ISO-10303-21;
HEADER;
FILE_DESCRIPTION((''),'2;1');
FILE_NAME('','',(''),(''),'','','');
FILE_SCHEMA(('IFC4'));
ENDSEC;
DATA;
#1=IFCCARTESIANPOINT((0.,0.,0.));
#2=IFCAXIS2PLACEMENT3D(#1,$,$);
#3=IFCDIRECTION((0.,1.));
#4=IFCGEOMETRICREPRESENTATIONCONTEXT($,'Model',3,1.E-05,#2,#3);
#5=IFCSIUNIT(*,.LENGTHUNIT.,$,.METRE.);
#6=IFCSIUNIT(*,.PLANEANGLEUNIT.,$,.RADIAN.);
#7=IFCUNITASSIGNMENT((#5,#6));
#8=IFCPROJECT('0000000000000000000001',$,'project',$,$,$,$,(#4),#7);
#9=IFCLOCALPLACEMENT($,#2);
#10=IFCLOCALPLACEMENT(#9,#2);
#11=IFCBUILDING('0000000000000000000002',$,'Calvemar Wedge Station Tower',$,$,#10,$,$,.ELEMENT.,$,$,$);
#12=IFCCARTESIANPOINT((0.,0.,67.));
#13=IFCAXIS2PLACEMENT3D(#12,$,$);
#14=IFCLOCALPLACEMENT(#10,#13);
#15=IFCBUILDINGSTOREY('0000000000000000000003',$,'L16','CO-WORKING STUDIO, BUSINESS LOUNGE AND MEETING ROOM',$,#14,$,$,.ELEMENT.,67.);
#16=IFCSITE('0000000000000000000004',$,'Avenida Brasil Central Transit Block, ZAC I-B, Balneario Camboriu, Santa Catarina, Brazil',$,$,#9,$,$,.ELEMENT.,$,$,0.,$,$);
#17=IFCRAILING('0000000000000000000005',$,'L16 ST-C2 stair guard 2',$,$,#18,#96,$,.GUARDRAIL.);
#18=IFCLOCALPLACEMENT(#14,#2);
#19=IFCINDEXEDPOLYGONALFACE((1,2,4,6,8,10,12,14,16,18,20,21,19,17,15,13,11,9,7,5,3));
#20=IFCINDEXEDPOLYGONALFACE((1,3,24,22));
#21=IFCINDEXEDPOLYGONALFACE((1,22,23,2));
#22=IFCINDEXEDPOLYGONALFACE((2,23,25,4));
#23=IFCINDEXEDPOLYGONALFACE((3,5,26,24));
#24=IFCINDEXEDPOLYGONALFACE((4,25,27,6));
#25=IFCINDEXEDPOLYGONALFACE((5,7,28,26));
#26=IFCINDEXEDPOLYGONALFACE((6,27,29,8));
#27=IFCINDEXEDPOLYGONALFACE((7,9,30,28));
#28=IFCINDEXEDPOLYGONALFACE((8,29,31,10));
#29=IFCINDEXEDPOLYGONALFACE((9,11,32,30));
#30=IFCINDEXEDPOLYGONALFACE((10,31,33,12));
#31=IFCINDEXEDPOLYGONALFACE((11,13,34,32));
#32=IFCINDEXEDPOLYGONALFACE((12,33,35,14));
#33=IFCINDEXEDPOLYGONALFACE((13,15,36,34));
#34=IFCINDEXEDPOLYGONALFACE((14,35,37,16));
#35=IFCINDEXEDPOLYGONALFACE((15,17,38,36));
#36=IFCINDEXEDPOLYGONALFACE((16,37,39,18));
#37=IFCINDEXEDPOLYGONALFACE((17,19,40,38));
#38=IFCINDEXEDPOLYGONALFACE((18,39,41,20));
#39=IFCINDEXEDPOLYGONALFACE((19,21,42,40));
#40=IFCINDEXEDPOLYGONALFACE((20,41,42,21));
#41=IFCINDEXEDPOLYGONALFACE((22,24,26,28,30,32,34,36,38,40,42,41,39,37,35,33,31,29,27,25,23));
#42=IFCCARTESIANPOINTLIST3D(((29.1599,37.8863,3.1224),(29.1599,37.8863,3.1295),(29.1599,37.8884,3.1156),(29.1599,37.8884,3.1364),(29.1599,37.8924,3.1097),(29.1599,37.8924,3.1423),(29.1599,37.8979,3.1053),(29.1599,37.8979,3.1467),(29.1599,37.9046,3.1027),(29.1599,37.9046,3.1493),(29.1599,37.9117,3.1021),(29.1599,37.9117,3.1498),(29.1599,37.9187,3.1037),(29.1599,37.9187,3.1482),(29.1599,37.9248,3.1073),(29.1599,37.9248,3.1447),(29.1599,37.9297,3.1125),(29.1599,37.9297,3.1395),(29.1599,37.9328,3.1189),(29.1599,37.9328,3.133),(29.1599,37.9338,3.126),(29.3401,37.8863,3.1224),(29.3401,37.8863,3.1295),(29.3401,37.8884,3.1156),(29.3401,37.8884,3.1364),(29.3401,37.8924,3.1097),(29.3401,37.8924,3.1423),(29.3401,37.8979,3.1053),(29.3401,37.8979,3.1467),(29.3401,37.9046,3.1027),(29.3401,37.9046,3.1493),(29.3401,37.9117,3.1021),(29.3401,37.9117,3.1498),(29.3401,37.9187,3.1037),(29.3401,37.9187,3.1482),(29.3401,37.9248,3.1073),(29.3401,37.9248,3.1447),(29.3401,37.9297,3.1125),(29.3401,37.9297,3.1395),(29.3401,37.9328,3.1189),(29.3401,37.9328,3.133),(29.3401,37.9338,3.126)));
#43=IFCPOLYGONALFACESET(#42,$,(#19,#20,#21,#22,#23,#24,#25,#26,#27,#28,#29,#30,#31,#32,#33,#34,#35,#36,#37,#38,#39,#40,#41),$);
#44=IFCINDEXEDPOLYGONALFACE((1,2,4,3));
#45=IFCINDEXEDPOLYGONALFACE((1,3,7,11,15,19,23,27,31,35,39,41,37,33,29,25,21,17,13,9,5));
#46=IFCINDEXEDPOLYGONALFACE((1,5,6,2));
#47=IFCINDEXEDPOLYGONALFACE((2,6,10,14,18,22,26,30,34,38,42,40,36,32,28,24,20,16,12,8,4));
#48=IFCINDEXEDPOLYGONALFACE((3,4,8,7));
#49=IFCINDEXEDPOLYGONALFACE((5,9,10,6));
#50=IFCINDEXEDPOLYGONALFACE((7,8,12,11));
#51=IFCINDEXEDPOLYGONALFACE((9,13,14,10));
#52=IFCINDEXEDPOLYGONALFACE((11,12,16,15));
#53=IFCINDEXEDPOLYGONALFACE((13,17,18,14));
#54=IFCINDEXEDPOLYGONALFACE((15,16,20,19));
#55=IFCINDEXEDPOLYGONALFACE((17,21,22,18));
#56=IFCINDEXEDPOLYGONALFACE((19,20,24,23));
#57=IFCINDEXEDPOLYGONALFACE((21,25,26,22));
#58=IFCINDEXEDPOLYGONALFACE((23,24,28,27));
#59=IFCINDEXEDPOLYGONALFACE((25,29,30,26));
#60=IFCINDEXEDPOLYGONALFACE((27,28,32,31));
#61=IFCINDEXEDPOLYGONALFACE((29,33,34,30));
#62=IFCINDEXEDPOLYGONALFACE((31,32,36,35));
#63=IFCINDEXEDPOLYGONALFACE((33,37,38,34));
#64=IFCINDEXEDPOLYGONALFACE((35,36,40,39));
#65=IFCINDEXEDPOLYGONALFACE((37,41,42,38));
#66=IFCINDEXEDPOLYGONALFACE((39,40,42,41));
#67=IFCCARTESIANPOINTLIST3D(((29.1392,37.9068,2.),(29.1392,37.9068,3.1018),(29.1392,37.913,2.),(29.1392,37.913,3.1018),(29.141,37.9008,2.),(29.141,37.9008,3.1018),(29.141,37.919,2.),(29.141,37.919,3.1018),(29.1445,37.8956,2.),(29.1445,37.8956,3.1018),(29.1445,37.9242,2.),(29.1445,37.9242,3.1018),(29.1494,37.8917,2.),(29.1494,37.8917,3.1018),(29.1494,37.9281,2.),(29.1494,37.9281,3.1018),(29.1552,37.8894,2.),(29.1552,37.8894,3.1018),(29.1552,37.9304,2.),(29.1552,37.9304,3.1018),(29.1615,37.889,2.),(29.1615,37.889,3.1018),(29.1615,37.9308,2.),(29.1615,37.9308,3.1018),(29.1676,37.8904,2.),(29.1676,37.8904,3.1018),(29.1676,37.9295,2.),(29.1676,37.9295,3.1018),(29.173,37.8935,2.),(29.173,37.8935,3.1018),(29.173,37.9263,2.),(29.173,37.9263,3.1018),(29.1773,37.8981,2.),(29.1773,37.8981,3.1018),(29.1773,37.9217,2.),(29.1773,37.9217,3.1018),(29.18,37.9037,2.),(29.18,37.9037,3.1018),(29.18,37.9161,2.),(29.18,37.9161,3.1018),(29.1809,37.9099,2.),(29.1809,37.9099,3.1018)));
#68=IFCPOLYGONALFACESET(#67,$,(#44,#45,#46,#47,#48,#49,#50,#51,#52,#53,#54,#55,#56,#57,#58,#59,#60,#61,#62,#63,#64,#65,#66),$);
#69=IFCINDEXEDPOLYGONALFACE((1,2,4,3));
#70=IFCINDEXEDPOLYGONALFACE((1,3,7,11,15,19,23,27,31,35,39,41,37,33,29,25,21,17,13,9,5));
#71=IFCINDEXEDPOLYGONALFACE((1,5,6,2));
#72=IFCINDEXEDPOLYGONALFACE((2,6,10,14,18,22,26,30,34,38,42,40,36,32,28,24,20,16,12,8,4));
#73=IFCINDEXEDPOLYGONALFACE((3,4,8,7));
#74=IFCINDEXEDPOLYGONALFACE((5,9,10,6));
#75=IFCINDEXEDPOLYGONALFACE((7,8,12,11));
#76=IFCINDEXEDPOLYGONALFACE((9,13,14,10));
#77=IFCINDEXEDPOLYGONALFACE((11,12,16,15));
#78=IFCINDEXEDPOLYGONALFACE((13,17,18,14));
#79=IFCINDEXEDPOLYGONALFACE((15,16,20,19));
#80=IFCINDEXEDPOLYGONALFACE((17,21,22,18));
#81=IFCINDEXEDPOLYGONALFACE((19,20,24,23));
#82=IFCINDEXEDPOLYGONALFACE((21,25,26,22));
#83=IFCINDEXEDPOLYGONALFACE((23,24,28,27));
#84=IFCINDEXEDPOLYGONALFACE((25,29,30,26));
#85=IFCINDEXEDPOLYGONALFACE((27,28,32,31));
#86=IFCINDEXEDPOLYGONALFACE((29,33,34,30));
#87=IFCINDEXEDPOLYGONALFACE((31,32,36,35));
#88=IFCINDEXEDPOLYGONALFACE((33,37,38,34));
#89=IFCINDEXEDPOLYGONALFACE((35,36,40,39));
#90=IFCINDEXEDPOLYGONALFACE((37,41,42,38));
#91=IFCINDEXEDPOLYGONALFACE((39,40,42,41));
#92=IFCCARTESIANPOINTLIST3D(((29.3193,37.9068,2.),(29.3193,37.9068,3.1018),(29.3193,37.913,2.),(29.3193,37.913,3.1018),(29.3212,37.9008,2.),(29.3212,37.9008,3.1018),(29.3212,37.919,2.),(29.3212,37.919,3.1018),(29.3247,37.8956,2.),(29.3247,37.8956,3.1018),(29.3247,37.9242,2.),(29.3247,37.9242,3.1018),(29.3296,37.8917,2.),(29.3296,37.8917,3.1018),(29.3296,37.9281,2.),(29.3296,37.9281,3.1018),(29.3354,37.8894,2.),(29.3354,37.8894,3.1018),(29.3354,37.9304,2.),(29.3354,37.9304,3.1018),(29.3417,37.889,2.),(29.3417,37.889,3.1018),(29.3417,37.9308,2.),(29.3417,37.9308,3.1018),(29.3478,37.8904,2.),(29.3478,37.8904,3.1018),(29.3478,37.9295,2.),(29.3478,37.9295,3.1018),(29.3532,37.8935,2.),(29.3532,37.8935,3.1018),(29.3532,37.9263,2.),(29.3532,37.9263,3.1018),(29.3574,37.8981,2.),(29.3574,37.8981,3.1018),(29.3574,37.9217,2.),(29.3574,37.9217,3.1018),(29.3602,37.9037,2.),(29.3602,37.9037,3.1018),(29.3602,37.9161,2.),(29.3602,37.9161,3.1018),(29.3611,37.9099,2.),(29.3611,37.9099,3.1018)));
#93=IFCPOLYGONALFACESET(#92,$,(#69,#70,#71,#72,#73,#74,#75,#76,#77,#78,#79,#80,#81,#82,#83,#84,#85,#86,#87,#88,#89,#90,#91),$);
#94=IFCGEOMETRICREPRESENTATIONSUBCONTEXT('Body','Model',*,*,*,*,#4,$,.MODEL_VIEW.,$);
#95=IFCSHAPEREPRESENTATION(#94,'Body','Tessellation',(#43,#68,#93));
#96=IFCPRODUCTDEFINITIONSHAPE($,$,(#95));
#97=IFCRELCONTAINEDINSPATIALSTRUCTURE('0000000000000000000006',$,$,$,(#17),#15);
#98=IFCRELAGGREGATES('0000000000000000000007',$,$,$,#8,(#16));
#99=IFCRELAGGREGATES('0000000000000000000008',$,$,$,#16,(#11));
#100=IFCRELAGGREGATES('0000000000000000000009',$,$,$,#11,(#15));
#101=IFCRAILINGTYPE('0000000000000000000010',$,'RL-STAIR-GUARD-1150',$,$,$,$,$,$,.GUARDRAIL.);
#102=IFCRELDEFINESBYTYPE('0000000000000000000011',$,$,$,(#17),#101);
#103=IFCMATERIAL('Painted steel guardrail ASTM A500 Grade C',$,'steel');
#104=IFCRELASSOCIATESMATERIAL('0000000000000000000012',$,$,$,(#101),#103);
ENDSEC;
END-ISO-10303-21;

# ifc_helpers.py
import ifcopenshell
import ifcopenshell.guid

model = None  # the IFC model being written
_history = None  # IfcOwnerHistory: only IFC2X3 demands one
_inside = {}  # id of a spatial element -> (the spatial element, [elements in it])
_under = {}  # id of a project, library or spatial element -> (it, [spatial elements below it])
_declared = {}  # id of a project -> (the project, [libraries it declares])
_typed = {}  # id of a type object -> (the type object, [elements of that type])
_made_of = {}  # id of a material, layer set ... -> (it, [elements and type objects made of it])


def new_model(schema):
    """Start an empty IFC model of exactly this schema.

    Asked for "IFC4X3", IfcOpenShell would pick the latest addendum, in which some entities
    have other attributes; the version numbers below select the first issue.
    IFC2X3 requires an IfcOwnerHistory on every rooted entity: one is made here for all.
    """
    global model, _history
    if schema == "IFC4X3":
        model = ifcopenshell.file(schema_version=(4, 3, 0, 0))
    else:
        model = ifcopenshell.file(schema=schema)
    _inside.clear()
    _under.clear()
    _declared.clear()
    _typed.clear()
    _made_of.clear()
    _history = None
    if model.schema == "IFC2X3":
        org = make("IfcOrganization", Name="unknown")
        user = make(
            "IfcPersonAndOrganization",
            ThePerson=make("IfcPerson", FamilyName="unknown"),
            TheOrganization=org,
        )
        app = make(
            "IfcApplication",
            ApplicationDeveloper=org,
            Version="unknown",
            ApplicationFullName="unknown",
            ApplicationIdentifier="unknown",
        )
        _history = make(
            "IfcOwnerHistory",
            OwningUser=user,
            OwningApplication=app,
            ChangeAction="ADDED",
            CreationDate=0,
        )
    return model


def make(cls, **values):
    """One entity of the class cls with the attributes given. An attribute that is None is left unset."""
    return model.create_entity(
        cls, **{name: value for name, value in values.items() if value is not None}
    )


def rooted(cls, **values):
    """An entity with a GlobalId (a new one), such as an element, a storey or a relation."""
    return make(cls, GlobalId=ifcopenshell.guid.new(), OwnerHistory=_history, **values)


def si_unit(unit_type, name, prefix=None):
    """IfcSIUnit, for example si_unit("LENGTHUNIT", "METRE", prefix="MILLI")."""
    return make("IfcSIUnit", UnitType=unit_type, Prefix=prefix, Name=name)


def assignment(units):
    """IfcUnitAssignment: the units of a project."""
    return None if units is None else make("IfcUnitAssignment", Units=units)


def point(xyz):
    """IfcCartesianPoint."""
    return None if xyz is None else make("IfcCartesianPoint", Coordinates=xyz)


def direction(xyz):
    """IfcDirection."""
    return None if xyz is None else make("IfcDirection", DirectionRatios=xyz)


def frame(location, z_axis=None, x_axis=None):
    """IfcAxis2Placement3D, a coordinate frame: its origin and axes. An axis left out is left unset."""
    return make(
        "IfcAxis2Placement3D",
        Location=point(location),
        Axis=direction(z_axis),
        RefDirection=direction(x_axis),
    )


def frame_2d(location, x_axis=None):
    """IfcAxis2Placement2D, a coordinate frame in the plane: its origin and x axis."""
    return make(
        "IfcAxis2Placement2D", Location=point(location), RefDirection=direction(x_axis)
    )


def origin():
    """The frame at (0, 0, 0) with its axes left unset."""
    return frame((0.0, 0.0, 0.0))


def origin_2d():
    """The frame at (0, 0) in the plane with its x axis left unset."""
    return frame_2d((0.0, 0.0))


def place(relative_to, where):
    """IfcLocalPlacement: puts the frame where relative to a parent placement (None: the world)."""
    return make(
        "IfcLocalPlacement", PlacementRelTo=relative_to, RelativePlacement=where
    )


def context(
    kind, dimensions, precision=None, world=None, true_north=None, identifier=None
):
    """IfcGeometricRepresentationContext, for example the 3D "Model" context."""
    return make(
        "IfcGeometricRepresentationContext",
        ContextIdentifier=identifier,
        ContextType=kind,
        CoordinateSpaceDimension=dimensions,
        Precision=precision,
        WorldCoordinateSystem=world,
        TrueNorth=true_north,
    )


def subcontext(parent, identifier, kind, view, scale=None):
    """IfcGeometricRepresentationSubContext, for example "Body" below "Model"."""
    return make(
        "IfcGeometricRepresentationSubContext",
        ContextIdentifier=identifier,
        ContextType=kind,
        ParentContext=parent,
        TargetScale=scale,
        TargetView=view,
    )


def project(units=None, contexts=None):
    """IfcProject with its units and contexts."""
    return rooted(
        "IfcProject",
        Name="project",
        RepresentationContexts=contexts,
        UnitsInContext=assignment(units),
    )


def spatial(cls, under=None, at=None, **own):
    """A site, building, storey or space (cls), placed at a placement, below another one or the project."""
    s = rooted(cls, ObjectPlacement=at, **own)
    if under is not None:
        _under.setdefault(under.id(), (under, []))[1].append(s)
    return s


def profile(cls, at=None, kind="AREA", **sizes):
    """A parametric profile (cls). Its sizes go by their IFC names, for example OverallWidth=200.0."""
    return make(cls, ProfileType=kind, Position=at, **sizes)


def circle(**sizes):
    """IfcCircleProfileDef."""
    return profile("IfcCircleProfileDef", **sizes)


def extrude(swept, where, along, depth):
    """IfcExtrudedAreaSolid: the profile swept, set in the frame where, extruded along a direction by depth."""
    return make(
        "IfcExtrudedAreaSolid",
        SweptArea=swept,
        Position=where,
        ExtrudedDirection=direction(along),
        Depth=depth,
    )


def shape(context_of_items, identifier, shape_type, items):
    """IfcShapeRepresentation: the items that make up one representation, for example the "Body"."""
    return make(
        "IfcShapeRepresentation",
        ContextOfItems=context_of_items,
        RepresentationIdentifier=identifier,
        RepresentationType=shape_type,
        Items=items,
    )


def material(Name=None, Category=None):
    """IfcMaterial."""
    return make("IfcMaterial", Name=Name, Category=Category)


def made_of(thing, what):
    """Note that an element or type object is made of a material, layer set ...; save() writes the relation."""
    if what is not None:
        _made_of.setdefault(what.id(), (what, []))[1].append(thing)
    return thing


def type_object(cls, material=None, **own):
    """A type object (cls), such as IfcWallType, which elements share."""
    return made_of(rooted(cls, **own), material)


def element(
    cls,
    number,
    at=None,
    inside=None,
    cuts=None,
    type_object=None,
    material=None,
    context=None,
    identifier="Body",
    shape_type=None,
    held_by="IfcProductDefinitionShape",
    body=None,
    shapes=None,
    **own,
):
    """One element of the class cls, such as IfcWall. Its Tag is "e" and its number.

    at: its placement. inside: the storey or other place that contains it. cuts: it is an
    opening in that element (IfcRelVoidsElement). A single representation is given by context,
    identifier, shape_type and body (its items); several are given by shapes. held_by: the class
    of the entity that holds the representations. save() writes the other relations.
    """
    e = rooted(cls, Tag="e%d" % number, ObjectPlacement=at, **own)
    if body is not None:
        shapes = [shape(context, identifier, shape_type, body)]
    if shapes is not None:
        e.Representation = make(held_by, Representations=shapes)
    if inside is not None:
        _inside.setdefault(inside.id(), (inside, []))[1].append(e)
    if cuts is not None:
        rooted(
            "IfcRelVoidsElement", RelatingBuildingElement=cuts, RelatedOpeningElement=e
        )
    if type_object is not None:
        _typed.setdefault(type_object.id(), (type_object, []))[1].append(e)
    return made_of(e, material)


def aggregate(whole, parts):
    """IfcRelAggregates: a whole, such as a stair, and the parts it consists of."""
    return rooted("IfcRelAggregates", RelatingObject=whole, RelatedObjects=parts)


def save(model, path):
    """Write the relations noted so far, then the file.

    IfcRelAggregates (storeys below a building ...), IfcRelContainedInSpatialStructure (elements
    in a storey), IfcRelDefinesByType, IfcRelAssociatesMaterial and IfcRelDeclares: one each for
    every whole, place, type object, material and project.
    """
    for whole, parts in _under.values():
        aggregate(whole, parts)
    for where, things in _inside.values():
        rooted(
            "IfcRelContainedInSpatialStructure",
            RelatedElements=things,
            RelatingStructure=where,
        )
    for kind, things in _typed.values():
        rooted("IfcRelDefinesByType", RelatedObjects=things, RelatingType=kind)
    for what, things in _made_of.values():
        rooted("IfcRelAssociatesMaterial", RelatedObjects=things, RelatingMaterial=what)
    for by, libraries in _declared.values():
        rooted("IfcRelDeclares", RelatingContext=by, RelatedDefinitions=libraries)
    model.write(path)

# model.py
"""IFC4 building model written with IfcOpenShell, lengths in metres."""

from ifc_helpers import new_model, si_unit, direction, frame, origin, origin_2d, place, context, subcontext, project, spatial, circle, extrude, material, type_object, element, save


model = new_model("IFC4")

# Units and contexts
model_context = context("Model", 3, precision=1e-05, world=origin(), true_north=direction((0.0, 1.0)))
body_context = subcontext(model_context, "Body", "Model", "MODEL_VIEW")
ifc_project = project(units=[si_unit("LENGTHUNIT", "METRE"), si_unit("PLANEANGLEUNIT", "RADIAN")], contexts=[model_context])

# Site, building, storey
site_placement = place(None, origin())
site = spatial("IfcSite", under=ifc_project, at=site_placement, Name="Avenida Brasil Central Transit Block, ZAC I-B, Balneario Camboriu, Santa Catarina, Brazil", CompositionType="ELEMENT", RefElevation=0.0)
building_placement = place(site_placement, origin())
building = spatial("IfcBuilding", under=site, at=building_placement, Name="Calvemar Wedge Station Tower", CompositionType="ELEMENT")
storey_placement = place(building_placement, frame((0.0, 0.0, 67.0)))
storey = spatial("IfcBuildingStorey", under=building, at=storey_placement, Name="L16", Description="CO-WORKING STUDIO, BUSINESS LOUNGE AND MEETING ROOM", CompositionType="ELEMENT", Elevation=67.0)

# Railing
ifc_material_1 = material(Name="Painted steel guardrail ASTM A500 Grade C", Category="steel")
railing_type_1 = type_object("IfcRailingType", Name="RL-STAIR-GUARD-1150", PredefinedType="GUARDRAIL", material=ifc_material_1)
railing_1_placement = place(storey_placement, frame((29.1599, 37.9099, 2.0)))
element("IfcRailing", 1, at=railing_1_placement, inside=storey, type_object=railing_type_1, Name="L16 ST-C2 stair guard 2", PredefinedType="GUARDRAIL", context=body_context, shape_type="SweptSolid", body=[
    extrude(circle(Radius=0.0239, at=origin_2d()), frame((0.0, 0.0, 1.126), z_axis=(1.0, 0.0, 0.0), x_axis=(0.0, 1.0, 0.0)), (0.0, 0.0, 1.0), 0.1802),
    extrude(circle(Radius=0.021, at=origin_2d()), origin(), (0.0, 0.0, 1.0), 1.1018),
    extrude(circle(Radius=0.021, at=origin_2d()), frame((0.1802, 0.0, 0.0)), (0.0, 0.0, 1.0), 1.1018),
])

save(model, "model.ifc")
